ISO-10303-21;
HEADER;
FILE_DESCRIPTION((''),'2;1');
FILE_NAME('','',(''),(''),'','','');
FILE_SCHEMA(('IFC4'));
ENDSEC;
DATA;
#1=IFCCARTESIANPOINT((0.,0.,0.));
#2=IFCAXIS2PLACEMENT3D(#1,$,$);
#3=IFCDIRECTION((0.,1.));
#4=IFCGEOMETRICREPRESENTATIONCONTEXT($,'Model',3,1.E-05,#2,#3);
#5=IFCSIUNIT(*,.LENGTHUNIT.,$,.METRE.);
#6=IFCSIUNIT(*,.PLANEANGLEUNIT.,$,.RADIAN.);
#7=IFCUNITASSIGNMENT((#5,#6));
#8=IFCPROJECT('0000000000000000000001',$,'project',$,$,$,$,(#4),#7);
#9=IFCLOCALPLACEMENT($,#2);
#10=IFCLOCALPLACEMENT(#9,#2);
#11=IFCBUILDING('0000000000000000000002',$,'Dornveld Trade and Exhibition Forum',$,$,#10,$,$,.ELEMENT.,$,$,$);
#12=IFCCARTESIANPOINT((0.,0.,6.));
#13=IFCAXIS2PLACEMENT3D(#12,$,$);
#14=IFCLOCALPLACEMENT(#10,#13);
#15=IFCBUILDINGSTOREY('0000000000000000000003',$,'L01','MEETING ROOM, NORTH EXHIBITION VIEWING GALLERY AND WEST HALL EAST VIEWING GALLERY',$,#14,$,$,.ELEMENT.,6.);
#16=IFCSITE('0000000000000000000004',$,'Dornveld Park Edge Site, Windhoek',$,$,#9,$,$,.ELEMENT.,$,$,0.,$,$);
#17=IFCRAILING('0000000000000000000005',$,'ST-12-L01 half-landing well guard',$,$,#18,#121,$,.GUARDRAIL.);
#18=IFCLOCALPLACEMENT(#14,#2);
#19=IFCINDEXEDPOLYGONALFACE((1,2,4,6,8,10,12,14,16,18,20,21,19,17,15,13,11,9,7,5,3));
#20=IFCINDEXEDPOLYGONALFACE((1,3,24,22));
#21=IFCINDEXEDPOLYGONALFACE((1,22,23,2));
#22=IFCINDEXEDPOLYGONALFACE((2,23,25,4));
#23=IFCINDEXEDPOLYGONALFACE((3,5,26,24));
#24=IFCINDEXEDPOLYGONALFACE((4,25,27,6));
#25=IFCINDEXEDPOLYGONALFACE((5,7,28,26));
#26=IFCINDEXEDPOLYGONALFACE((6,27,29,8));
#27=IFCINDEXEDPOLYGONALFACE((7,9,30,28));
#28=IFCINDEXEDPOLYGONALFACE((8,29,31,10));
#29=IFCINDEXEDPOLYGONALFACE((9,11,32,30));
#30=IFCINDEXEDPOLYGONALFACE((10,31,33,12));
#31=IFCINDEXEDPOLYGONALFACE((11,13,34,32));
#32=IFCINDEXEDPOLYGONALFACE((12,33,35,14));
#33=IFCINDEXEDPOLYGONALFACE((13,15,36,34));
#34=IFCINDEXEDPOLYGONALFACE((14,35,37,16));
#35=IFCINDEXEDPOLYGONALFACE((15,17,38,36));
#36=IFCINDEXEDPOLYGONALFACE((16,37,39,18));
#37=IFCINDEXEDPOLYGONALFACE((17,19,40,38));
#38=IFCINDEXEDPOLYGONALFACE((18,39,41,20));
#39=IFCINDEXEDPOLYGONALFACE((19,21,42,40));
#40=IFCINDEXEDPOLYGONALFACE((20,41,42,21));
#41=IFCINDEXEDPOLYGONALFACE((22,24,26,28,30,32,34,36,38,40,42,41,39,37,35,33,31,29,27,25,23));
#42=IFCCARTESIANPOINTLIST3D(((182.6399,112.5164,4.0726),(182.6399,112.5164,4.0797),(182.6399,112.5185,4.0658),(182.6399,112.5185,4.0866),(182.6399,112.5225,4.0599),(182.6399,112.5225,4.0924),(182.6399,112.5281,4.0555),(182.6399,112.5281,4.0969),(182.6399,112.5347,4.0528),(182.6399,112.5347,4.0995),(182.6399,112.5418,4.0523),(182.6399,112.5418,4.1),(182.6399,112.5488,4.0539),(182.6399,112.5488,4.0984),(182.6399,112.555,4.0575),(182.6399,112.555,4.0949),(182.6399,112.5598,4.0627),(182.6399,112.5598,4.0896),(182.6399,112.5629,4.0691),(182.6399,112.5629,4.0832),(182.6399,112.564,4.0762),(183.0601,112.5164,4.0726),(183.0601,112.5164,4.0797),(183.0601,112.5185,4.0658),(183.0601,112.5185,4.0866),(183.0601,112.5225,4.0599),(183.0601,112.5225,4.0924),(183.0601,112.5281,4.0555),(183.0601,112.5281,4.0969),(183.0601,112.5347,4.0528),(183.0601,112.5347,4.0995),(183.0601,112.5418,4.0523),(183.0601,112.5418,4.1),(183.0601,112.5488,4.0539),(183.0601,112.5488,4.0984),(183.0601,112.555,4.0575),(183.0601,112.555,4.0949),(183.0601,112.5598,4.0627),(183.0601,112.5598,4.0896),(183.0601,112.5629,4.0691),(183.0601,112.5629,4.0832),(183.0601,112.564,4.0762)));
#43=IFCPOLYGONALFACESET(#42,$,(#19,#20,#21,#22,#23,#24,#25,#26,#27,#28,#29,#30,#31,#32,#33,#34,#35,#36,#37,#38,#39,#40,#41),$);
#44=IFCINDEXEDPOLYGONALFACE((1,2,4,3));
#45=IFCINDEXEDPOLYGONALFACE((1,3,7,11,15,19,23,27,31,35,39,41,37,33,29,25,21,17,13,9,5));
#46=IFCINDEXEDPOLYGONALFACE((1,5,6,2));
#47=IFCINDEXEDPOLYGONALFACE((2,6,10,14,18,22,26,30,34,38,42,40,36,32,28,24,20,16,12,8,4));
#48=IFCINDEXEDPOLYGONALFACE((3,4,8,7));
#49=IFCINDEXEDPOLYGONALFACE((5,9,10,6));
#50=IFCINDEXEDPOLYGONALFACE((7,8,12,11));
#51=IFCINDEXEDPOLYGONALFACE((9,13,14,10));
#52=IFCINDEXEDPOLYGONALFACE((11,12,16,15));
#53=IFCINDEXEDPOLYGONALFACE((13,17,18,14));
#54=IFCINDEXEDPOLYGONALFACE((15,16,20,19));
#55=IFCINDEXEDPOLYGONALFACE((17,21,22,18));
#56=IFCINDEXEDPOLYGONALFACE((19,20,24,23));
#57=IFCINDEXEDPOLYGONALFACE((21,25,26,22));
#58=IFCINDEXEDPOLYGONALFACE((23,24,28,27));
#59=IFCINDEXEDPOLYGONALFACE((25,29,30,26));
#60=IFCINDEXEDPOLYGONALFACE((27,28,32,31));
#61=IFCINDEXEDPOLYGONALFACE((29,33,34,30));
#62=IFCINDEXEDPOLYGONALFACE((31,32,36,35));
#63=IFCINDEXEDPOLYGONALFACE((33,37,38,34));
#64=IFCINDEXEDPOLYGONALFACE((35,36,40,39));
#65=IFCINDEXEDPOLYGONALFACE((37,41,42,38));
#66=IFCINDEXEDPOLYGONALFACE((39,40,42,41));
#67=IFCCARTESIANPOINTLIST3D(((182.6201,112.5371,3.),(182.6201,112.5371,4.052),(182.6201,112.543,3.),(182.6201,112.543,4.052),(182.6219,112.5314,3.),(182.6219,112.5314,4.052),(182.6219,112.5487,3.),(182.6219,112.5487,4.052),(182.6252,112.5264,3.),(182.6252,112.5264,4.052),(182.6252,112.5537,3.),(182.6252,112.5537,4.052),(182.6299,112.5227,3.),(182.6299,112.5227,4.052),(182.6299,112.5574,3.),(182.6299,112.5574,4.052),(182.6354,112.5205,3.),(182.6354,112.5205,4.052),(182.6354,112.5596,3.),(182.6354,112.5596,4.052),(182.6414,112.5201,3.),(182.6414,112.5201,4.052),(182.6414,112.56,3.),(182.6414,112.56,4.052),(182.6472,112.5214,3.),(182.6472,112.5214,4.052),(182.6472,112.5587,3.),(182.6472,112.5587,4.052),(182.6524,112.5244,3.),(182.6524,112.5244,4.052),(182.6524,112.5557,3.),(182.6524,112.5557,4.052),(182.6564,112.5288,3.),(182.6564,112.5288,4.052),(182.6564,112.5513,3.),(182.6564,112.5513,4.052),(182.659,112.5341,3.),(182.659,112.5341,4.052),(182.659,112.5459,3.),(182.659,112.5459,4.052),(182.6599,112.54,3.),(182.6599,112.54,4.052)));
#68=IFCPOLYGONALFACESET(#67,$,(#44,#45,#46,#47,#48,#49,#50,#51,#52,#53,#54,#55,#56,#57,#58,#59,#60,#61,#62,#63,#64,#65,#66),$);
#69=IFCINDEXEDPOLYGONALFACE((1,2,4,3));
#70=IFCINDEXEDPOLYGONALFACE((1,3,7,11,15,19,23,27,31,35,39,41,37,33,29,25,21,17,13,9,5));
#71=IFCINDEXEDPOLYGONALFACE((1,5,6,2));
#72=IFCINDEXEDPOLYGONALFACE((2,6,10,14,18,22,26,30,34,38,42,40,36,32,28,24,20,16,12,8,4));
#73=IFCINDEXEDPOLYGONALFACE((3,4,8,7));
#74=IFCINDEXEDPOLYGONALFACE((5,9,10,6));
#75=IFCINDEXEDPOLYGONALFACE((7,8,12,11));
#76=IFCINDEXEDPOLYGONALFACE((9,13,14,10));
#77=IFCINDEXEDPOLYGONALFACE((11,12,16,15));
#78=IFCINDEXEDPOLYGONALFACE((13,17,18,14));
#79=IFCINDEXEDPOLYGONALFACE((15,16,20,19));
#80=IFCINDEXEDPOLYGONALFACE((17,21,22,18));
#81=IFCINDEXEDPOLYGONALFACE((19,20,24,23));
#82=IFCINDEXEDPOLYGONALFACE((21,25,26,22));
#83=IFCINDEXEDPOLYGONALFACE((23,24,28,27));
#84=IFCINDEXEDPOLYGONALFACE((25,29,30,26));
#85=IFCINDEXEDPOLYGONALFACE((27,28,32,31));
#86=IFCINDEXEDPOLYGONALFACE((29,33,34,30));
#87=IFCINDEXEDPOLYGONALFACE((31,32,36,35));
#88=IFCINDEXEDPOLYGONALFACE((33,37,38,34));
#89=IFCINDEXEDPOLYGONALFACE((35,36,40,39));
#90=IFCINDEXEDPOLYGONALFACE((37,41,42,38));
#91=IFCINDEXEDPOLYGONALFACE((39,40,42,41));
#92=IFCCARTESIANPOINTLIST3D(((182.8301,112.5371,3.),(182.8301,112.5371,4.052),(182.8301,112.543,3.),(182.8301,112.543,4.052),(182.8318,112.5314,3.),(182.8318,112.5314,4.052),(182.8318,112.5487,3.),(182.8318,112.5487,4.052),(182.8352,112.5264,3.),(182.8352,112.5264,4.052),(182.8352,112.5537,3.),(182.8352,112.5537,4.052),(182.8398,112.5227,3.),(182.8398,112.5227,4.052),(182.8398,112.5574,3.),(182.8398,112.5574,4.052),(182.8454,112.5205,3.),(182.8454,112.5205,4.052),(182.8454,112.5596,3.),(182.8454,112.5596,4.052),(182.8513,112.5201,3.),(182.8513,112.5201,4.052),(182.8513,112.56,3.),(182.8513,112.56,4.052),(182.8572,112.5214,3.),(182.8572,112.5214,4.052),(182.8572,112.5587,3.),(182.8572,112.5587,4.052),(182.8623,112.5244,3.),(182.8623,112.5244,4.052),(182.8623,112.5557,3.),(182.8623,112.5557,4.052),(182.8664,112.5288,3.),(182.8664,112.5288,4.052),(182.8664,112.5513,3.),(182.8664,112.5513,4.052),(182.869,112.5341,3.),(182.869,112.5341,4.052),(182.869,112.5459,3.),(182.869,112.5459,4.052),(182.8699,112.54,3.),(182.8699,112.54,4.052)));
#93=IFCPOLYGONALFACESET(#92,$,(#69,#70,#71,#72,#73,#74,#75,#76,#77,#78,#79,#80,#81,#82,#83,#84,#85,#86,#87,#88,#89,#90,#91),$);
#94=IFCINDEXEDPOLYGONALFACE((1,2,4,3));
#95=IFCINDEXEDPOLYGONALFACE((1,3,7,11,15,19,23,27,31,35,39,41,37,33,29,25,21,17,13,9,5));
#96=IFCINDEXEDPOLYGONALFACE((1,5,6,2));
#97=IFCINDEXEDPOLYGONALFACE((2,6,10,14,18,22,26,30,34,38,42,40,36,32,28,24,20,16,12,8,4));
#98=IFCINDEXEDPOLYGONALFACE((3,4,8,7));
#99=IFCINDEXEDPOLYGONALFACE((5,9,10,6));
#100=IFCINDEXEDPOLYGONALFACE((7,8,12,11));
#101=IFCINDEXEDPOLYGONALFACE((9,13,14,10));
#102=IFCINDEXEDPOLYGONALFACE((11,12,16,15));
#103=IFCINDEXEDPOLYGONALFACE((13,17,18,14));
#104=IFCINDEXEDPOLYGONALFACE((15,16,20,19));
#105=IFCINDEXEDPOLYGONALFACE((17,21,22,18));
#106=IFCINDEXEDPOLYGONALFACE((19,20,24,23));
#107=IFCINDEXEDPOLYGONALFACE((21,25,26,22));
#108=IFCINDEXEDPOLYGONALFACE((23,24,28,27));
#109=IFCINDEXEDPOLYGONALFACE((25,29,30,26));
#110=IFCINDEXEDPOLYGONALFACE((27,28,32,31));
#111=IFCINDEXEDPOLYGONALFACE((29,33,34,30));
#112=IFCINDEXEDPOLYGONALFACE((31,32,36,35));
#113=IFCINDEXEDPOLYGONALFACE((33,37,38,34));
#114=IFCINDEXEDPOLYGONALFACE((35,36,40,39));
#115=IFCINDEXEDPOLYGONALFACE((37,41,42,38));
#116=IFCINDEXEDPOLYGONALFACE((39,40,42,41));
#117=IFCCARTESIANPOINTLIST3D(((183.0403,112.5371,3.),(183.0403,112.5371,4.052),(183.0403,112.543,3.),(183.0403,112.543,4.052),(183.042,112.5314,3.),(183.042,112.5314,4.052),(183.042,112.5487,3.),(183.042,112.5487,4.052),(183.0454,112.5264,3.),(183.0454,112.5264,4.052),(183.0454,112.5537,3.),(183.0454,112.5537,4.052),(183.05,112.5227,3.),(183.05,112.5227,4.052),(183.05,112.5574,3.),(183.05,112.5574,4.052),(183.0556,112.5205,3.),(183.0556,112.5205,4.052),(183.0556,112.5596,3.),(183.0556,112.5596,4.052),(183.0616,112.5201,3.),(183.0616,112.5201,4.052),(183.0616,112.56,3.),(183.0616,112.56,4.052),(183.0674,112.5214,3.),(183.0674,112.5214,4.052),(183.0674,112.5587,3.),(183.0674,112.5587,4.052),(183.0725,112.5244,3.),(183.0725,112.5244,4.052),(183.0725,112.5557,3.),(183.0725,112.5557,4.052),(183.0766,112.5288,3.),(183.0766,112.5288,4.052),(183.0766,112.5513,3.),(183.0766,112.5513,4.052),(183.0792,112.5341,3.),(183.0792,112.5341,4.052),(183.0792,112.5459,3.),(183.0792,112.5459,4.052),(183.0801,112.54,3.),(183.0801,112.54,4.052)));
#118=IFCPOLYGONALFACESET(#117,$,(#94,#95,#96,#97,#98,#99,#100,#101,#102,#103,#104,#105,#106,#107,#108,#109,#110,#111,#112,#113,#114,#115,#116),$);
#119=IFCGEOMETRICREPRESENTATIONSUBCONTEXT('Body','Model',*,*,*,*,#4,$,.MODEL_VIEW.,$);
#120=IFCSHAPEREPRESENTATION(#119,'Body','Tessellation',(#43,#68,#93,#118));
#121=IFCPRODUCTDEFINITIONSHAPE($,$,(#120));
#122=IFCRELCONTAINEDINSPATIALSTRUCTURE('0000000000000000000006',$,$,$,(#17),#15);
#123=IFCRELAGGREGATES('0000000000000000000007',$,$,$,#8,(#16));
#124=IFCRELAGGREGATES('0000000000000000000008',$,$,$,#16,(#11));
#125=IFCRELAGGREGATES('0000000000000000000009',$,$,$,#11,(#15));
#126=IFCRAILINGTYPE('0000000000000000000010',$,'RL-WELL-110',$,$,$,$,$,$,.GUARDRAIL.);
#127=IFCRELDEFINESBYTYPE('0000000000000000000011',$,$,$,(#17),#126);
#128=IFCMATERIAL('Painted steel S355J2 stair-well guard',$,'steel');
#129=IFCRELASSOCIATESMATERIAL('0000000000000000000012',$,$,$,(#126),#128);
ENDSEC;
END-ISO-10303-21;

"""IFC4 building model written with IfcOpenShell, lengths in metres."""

from ifc_helpers import new_model, si_unit, direction, frame, origin, origin_2d, place, context, subcontext, project, spatial, circle, extrude, material, type_object, element, save


model = new_model("IFC4")

# Units and contexts
model_context = context("Model", 3, precision=1e-05, world=origin(), true_north=direction((0.0, 1.0)))
body_context = subcontext(model_context, "Body", "Model", "MODEL_VIEW")
ifc_project = project(units=[si_unit("LENGTHUNIT", "METRE"), si_unit("PLANEANGLEUNIT", "RADIAN")], contexts=[model_context])

# Site, building, storey
site_placement = place(None, origin())
site = spatial("IfcSite", under=ifc_project, at=site_placement, Name="Dornveld Park Edge Site, Windhoek", CompositionType="ELEMENT", RefElevation=0.0)
building_placement = place(site_placement, origin())
building = spatial("IfcBuilding", under=site, at=building_placement, Name="Dornveld Trade and Exhibition Forum", CompositionType="ELEMENT")
storey_placement = place(building_placement, frame((0.0, 0.0, 6.0)))
storey = spatial("IfcBuildingStorey", under=building, at=storey_placement, Name="L01", Description="MEETING ROOM, NORTH EXHIBITION VIEWING GALLERY AND WEST HALL EAST VIEWING GALLERY", CompositionType="ELEMENT", Elevation=6.0)

# Railing
ifc_material_1 = material(Name="Painted steel S355J2 stair-well guard", Category="steel")
railing_type_1 = type_object("IfcRailingType", Name="RL-WELL-110", PredefinedType="GUARDRAIL", material=ifc_material_1)
railing_1_placement = place(storey_placement, frame((182.6399, 112.54, 3.0)))
element("IfcRailing", 1, at=railing_1_placement, inside=storey, type_object=railing_type_1, Name="ST-12-L01 half-landing well guard", PredefinedType="GUARDRAIL", context=body_context, shape_type="SweptSolid", body=[
    extrude(circle(Radius=0.0239, at=origin_2d()), frame((0.0, 0.0, 1.0762), z_axis=(1.0, 0.0, 0.0), x_axis=(0.0, 1.0, 0.0)), (0.0, 0.0, 1.0), 0.4202),
    extrude(circle(Radius=0.02, at=origin_2d()), origin(), (0.0, 0.0, 1.0), 1.052),
    extrude(circle(Radius=0.02, at=origin_2d()), frame((0.21, 0.0, 0.0)), (0.0, 0.0, 1.0), 1.052),
    extrude(circle(Radius=0.02, at=origin_2d()), frame((0.4202, 0.0, 0.0)), (0.0, 0.0, 1.0), 1.052),
])

save(model, "model.ifc")
